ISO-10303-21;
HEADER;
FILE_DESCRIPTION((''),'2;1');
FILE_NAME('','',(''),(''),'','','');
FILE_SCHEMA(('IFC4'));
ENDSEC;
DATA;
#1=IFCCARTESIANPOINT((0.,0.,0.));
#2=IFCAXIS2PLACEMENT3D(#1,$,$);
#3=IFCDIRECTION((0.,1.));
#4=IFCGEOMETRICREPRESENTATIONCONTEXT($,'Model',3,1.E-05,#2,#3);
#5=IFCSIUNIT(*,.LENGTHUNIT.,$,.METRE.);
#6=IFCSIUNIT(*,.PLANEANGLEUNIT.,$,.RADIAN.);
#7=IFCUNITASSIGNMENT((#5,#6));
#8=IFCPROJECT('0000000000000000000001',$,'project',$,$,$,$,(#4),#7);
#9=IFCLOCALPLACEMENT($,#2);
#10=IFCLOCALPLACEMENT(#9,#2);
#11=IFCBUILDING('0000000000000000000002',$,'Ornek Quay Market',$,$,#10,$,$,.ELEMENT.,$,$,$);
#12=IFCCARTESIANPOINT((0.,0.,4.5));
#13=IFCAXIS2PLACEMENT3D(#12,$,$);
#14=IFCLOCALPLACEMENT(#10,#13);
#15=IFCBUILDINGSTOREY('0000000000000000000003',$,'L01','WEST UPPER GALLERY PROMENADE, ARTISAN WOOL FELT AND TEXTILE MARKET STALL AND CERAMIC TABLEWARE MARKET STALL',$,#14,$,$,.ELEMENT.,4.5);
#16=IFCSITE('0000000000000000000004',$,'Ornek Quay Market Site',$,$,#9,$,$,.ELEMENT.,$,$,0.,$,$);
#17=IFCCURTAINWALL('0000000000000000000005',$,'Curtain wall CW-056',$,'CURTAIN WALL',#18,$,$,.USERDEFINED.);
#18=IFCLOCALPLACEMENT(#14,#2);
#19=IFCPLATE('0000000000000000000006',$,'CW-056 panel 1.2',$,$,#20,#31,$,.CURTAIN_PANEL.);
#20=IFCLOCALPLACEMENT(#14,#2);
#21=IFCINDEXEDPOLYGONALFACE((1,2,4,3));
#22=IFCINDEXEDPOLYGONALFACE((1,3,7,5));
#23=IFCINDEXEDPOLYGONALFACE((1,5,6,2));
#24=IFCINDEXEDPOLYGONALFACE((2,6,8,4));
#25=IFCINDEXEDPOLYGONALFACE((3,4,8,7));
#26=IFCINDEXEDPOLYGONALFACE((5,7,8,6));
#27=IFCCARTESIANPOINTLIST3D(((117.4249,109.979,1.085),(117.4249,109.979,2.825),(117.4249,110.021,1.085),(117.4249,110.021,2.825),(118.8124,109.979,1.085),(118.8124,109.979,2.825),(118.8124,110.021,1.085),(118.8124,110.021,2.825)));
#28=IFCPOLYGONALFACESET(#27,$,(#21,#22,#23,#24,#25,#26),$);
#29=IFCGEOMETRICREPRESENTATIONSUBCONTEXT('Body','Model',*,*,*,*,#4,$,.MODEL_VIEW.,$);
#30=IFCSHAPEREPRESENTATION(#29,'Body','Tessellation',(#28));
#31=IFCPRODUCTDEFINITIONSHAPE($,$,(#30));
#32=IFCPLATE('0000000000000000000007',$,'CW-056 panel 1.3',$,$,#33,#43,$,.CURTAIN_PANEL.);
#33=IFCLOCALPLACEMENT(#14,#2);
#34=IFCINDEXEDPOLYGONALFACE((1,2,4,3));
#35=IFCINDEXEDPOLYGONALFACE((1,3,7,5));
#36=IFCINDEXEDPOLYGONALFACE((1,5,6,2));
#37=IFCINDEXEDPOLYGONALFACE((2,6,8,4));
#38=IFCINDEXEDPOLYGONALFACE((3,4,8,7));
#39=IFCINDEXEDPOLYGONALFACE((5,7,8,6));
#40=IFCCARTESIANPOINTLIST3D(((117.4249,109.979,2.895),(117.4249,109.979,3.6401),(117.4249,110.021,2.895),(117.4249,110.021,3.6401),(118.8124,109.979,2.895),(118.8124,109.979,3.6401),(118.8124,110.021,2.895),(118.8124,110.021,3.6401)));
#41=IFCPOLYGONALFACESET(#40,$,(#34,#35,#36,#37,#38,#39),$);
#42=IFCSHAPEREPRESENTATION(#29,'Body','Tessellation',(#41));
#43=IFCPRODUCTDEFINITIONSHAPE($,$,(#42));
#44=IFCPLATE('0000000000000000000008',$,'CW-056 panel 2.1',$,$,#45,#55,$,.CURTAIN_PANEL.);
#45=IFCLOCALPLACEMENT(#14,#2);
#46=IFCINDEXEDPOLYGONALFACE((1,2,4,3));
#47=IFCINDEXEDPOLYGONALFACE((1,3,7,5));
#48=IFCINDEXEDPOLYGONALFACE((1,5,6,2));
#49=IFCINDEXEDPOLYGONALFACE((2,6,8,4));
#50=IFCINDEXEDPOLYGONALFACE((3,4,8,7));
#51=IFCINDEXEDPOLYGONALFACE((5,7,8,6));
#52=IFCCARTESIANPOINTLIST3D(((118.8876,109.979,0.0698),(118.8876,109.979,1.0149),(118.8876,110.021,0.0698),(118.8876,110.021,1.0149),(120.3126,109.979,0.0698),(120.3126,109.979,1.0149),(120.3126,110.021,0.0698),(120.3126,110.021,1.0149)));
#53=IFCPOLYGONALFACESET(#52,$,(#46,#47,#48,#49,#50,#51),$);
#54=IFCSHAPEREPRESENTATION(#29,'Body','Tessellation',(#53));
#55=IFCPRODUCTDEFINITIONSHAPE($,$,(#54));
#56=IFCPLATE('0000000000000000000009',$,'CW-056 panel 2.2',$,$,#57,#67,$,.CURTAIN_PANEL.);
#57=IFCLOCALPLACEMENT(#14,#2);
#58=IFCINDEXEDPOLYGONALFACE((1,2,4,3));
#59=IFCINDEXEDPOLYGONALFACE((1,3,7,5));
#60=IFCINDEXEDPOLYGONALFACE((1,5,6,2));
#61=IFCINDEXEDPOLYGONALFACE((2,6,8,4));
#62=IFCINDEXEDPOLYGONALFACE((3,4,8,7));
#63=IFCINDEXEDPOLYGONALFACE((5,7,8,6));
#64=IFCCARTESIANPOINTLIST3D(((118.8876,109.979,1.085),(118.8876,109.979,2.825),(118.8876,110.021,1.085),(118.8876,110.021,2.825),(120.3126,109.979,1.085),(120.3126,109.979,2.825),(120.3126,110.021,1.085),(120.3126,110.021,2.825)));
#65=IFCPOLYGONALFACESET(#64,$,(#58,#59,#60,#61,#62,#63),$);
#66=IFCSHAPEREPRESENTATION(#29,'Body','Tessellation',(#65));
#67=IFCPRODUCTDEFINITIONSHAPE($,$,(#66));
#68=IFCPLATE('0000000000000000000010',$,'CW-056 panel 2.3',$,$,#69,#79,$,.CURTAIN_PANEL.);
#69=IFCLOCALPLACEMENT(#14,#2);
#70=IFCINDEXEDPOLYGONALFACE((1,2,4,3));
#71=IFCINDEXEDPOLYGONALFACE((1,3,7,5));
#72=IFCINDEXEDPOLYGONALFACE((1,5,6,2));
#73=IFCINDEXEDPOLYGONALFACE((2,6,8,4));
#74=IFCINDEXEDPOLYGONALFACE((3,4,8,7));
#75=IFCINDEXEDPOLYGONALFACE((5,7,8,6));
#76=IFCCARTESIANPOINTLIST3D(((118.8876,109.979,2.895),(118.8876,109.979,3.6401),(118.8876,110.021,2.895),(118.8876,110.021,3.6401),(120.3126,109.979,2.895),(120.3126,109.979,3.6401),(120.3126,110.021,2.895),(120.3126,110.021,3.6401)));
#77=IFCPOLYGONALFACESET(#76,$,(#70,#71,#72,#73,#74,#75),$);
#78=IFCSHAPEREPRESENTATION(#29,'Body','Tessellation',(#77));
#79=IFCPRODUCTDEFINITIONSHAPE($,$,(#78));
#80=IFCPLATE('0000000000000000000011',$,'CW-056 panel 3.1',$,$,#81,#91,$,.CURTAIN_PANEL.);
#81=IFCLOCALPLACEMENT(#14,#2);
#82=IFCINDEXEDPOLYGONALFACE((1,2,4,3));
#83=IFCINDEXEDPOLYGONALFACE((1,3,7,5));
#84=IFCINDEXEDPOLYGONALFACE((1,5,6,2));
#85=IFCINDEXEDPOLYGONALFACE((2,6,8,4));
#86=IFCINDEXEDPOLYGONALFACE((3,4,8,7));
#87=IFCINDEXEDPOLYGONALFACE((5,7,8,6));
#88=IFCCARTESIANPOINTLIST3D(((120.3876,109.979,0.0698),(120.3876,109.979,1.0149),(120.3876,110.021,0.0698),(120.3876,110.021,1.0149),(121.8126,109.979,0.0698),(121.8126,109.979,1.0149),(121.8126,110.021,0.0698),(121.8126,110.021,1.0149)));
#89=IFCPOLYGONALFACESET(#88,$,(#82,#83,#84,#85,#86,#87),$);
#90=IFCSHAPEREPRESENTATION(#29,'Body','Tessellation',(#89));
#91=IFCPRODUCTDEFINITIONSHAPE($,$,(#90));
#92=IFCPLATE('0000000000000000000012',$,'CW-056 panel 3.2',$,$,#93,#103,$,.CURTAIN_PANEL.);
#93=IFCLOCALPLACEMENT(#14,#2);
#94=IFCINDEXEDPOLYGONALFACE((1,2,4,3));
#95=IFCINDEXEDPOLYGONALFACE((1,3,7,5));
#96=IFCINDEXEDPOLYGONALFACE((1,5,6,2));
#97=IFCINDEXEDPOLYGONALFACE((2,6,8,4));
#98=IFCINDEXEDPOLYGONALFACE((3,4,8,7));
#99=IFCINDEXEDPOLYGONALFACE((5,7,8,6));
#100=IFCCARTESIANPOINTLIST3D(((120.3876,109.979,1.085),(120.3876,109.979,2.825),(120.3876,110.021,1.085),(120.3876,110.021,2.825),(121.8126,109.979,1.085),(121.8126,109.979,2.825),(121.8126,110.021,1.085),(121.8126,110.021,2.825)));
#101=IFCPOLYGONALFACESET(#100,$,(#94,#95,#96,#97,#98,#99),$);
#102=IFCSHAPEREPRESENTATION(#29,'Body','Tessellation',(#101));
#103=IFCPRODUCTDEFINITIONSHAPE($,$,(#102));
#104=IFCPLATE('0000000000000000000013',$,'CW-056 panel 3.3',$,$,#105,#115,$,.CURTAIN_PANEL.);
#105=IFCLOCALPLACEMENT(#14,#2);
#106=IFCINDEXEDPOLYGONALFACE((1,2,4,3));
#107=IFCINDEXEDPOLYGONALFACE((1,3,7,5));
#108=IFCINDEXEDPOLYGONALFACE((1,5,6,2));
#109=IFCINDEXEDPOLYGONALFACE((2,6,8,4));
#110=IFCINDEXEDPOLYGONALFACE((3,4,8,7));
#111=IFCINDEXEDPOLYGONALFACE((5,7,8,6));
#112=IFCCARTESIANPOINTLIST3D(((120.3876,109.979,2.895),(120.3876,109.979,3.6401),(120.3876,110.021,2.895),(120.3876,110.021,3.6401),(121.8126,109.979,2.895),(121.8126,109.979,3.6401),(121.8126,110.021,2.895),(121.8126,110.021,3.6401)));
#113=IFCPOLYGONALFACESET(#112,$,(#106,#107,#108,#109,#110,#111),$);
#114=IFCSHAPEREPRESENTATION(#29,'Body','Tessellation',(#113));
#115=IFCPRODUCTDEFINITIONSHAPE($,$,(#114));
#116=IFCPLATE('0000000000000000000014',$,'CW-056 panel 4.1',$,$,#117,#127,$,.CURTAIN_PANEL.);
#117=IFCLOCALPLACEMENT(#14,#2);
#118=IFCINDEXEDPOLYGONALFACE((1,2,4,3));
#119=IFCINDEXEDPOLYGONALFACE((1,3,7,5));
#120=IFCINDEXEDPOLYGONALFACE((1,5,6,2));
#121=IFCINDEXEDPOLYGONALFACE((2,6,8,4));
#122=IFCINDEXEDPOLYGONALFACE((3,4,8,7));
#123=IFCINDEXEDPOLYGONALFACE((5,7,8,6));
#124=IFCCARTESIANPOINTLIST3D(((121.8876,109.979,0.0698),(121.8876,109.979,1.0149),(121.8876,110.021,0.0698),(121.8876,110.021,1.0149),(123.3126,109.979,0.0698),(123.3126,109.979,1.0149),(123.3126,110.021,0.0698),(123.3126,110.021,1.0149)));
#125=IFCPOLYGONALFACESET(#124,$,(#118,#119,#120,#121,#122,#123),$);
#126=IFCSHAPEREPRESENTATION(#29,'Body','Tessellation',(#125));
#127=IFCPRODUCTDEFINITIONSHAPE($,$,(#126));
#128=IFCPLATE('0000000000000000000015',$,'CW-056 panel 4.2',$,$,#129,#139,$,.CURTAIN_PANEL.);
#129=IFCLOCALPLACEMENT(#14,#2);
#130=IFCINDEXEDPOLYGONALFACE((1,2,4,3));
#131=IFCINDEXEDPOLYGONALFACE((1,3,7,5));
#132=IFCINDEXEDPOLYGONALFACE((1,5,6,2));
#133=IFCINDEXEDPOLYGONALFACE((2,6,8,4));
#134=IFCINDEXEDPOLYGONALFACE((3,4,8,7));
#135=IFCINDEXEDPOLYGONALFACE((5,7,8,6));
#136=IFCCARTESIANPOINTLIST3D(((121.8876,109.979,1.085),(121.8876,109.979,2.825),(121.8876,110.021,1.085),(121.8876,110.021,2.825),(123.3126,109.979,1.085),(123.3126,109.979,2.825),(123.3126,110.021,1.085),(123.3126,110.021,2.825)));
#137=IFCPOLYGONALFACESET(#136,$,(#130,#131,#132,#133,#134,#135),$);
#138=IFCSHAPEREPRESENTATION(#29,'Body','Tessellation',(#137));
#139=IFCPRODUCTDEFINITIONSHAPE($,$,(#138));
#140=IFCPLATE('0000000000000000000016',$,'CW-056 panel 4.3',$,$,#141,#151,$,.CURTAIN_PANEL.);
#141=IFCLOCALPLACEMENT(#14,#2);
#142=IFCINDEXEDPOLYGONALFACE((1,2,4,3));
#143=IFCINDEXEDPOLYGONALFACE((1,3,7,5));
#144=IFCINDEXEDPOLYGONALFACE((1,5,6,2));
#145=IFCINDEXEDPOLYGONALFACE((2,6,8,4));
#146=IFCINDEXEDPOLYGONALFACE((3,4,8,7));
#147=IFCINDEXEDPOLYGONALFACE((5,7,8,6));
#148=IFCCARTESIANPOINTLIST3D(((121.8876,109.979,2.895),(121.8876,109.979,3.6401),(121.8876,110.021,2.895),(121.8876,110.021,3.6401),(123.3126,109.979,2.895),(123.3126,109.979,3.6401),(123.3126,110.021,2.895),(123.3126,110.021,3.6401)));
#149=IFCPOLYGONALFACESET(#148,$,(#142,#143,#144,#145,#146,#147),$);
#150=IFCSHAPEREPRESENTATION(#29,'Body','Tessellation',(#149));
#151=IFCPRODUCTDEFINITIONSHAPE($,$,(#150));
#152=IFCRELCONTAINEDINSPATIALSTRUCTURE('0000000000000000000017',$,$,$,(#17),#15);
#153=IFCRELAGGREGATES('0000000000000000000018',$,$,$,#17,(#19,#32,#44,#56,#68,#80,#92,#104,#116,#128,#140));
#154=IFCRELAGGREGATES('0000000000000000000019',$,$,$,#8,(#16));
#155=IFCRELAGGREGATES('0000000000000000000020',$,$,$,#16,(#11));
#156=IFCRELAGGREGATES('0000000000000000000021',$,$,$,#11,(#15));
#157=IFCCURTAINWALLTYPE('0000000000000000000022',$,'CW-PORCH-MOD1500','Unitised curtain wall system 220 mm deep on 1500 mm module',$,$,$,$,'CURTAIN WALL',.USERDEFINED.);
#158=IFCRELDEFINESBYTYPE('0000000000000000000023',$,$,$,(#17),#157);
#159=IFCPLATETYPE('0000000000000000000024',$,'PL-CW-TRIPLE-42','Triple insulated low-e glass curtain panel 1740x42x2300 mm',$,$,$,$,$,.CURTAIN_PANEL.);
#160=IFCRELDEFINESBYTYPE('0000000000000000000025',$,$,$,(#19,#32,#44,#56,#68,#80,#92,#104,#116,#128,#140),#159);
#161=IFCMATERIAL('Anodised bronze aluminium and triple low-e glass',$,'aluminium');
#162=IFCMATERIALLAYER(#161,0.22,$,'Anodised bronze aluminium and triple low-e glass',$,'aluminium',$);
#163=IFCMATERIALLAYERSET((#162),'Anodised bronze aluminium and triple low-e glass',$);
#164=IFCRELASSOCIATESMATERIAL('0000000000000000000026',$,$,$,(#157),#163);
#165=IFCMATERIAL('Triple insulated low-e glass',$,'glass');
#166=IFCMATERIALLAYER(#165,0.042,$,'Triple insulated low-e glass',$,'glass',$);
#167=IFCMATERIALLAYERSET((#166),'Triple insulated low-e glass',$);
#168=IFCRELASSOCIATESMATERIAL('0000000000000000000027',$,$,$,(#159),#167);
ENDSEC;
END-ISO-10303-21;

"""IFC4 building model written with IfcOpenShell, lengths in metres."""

from ifc_helpers import new_model, si_unit, direction, frame, origin, origin_2d, place, context, subcontext, project, spatial, rectangle, extrude, material, layer, layer_set, type_object, element, aggregate, save


model = new_model("IFC4")

# Units and contexts
model_context = context("Model", 3, precision=1e-05, world=origin(), true_north=direction((0.0, 1.0)))
body_context = subcontext(model_context, "Body", "Model", "MODEL_VIEW")
ifc_project = project(units=[si_unit("LENGTHUNIT", "METRE"), si_unit("PLANEANGLEUNIT", "RADIAN")], contexts=[model_context])

# Site, building, storey
site_placement = place(None, origin())
site = spatial("IfcSite", under=ifc_project, at=site_placement, Name="Ornek Quay Market Site", CompositionType="ELEMENT", RefElevation=0.0)
building_placement = place(site_placement, origin())
building = spatial("IfcBuilding", under=site, at=building_placement, Name="Ornek Quay Market", CompositionType="ELEMENT")
storey_placement = place(building_placement, frame((0.0, 0.0, 4.5)))
storey = spatial("IfcBuildingStorey", under=building, at=storey_placement, Name="L01", Description="WEST UPPER GALLERY PROMENADE, ARTISAN WOOL FELT AND TEXTILE MARKET STALL AND CERAMIC TABLEWARE MARKET STALL", CompositionType="ELEMENT", Elevation=4.5)

# Curtain wall, plates
ifc_material_1 = material(Name="Anodised bronze aluminium and triple low-e glass", Category="aluminium")
ifc_layer_1 = layer(ifc_material_1, 0.22, Name="Anodised bronze aluminium and triple low-e glass", Category="aluminium")
ifc_layer_set_1 = layer_set([ifc_layer_1], Name="Anodised bronze aluminium and triple low-e glass")
curtain_wall_type = type_object("IfcCurtainWallType", Name="CW-PORCH-MOD1500", Description="Unitised curtain wall system 220 mm deep on 1500 mm module", ElementType="CURTAIN WALL", PredefinedType="USERDEFINED", material=ifc_layer_set_1)
curtain_wall_placement = place(storey_placement, origin())
curtain_wall = element("IfcCurtainWall", 1, at=curtain_wall_placement, inside=storey, type_object=curtain_wall_type, Name="Curtain wall CW-056", ObjectType="CURTAIN WALL", PredefinedType="USERDEFINED")
ifc_material_2 = material(Name="Triple insulated low-e glass", Category="glass")
ifc_layer_2 = layer(ifc_material_2, 0.042, Name="Triple insulated low-e glass", Category="glass")
ifc_layer_set_2 = layer_set([ifc_layer_2], Name="Triple insulated low-e glass")
plate_type = type_object("IfcPlateType", Name="PL-CW-TRIPLE-42", Description="Triple insulated low-e glass curtain panel 1740x42x2300 mm", PredefinedType="CURTAIN_PANEL", material=ifc_layer_set_2)
plate_1_placement = place(storey_placement, frame((118.1187, 110.0, 1.085), z_axis=(0.0, 0.0, 1.0), x_axis=(1.0, 0.0, 0.0)))
plate_1 = element("IfcPlate", 2, at=plate_1_placement, type_object=plate_type, Name="CW-056 panel 1.2", PredefinedType="CURTAIN_PANEL", context=body_context, shape_type="SweptSolid", body=[
    extrude(rectangle(XDim=1.3875, YDim=0.042, at=origin_2d()), origin(), (0.0, 0.0, 1.0), 1.74),
])
plate_2_placement = place(storey_placement, frame((118.1187, 110.0, 2.895), z_axis=(0.0, 0.0, 1.0), x_axis=(1.0, 0.0, 0.0)))
plate_2 = element("IfcPlate", 3, at=plate_2_placement, type_object=plate_type, Name="CW-056 panel 1.3", PredefinedType="CURTAIN_PANEL", context=body_context, shape_type="SweptSolid", body=[
    extrude(rectangle(XDim=1.3875, YDim=0.042, at=origin_2d()), origin(), (0.0, 0.0, 1.0), 0.7451),
])
plate_3_placement = place(storey_placement, frame((119.6001, 110.0, 0.0698), z_axis=(0.0, 0.0, 1.0), x_axis=(1.0, 0.0, 0.0)))
plate_3 = element("IfcPlate", 4, at=plate_3_placement, type_object=plate_type, Name="CW-056 panel 2.1", PredefinedType="CURTAIN_PANEL", context=body_context, shape_type="SweptSolid", body=[
    extrude(rectangle(XDim=1.425, YDim=0.042, at=origin_2d()), origin(), (0.0, 0.0, 1.0), 0.9451),
])
plate_4_placement = place(storey_placement, frame((119.6001, 110.0, 1.085), z_axis=(0.0, 0.0, 1.0), x_axis=(1.0, 0.0, 0.0)))
plate_4 = element("IfcPlate", 5, at=plate_4_placement, type_object=plate_type, Name="CW-056 panel 2.2", PredefinedType="CURTAIN_PANEL", context=body_context, shape_type="SweptSolid", body=[
    extrude(rectangle(XDim=1.425, YDim=0.042, at=origin_2d()), origin(), (0.0, 0.0, 1.0), 1.74),
])
plate_5_placement = place(storey_placement, frame((119.6001, 110.0, 2.895), z_axis=(0.0, 0.0, 1.0), x_axis=(1.0, 0.0, 0.0)))
plate_5 = element("IfcPlate", 6, at=plate_5_placement, type_object=plate_type, Name="CW-056 panel 2.3", PredefinedType="CURTAIN_PANEL", context=body_context, shape_type="SweptSolid", body=[
    extrude(rectangle(XDim=1.425, YDim=0.042, at=origin_2d()), origin(), (0.0, 0.0, 1.0), 0.7451),
])
plate_6_placement = place(storey_placement, frame((121.1001, 110.0, 0.0698), z_axis=(0.0, 0.0, 1.0), x_axis=(1.0, 0.0, 0.0)))
plate_6 = element("IfcPlate", 7, at=plate_6_placement, type_object=plate_type, Name="CW-056 panel 3.1", PredefinedType="CURTAIN_PANEL", context=body_context, shape_type="SweptSolid", body=[
    extrude(rectangle(XDim=1.425, YDim=0.042, at=origin_2d()), origin(), (0.0, 0.0, 1.0), 0.9451),
])
plate_7_placement = place(storey_placement, frame((121.1001, 110.0, 1.085), z_axis=(0.0, 0.0, 1.0), x_axis=(1.0, 0.0, 0.0)))
plate_7 = element("IfcPlate", 8, at=plate_7_placement, type_object=plate_type, Name="CW-056 panel 3.2", PredefinedType="CURTAIN_PANEL", context=body_context, shape_type="SweptSolid", body=[
    extrude(rectangle(XDim=1.425, YDim=0.042, at=origin_2d()), origin(), (0.0, 0.0, 1.0), 1.74),
])
plate_8_placement = place(storey_placement, frame((121.1001, 110.0, 2.895), z_axis=(0.0, 0.0, 1.0), x_axis=(1.0, 0.0, 0.0)))
plate_8 = element("IfcPlate", 9, at=plate_8_placement, type_object=plate_type, Name="CW-056 panel 3.3", PredefinedType="CURTAIN_PANEL", context=body_context, shape_type="SweptSolid", body=[
    extrude(rectangle(XDim=1.425, YDim=0.042, at=origin_2d()), origin(), (0.0, 0.0, 1.0), 0.7451),
])
plate_9_placement = place(storey_placement, frame((122.6001, 110.0, 0.0698), z_axis=(0.0, 0.0, 1.0), x_axis=(1.0, 0.0, 0.0)))
plate_9 = element("IfcPlate", 10, at=plate_9_placement, type_object=plate_type, Name="CW-056 panel 4.1", PredefinedType="CURTAIN_PANEL", context=body_context, shape_type="SweptSolid", body=[
    extrude(rectangle(XDim=1.425, YDim=0.042, at=origin_2d()), origin(), (0.0, 0.0, 1.0), 0.9451),
])
plate_10_placement = place(storey_placement, frame((122.6001, 110.0, 1.085), z_axis=(0.0, 0.0, 1.0), x_axis=(1.0, 0.0, 0.0)))
plate_10 = element("IfcPlate", 11, at=plate_10_placement, type_object=plate_type, Name="CW-056 panel 4.2", PredefinedType="CURTAIN_PANEL", context=body_context, shape_type="SweptSolid", body=[
    extrude(rectangle(XDim=1.425, YDim=0.042, at=origin_2d()), origin(), (0.0, 0.0, 1.0), 1.74),
])
plate_11_placement = place(storey_placement, frame((122.6001, 110.0, 2.895), z_axis=(0.0, 0.0, 1.0), x_axis=(1.0, 0.0, 0.0)))
plate_11 = element("IfcPlate", 12, at=plate_11_placement, type_object=plate_type, Name="CW-056 panel 4.3", PredefinedType="CURTAIN_PANEL", context=body_context, shape_type="SweptSolid", body=[
    extrude(rectangle(XDim=1.425, YDim=0.042, at=origin_2d()), origin(), (0.0, 0.0, 1.0), 0.7451),
])
aggregate(curtain_wall, [plate_1, plate_2, plate_3, plate_4, plate_5, plate_6, plate_7, plate_8, plate_9, plate_10, plate_11])

save(model, "model.ifc")
